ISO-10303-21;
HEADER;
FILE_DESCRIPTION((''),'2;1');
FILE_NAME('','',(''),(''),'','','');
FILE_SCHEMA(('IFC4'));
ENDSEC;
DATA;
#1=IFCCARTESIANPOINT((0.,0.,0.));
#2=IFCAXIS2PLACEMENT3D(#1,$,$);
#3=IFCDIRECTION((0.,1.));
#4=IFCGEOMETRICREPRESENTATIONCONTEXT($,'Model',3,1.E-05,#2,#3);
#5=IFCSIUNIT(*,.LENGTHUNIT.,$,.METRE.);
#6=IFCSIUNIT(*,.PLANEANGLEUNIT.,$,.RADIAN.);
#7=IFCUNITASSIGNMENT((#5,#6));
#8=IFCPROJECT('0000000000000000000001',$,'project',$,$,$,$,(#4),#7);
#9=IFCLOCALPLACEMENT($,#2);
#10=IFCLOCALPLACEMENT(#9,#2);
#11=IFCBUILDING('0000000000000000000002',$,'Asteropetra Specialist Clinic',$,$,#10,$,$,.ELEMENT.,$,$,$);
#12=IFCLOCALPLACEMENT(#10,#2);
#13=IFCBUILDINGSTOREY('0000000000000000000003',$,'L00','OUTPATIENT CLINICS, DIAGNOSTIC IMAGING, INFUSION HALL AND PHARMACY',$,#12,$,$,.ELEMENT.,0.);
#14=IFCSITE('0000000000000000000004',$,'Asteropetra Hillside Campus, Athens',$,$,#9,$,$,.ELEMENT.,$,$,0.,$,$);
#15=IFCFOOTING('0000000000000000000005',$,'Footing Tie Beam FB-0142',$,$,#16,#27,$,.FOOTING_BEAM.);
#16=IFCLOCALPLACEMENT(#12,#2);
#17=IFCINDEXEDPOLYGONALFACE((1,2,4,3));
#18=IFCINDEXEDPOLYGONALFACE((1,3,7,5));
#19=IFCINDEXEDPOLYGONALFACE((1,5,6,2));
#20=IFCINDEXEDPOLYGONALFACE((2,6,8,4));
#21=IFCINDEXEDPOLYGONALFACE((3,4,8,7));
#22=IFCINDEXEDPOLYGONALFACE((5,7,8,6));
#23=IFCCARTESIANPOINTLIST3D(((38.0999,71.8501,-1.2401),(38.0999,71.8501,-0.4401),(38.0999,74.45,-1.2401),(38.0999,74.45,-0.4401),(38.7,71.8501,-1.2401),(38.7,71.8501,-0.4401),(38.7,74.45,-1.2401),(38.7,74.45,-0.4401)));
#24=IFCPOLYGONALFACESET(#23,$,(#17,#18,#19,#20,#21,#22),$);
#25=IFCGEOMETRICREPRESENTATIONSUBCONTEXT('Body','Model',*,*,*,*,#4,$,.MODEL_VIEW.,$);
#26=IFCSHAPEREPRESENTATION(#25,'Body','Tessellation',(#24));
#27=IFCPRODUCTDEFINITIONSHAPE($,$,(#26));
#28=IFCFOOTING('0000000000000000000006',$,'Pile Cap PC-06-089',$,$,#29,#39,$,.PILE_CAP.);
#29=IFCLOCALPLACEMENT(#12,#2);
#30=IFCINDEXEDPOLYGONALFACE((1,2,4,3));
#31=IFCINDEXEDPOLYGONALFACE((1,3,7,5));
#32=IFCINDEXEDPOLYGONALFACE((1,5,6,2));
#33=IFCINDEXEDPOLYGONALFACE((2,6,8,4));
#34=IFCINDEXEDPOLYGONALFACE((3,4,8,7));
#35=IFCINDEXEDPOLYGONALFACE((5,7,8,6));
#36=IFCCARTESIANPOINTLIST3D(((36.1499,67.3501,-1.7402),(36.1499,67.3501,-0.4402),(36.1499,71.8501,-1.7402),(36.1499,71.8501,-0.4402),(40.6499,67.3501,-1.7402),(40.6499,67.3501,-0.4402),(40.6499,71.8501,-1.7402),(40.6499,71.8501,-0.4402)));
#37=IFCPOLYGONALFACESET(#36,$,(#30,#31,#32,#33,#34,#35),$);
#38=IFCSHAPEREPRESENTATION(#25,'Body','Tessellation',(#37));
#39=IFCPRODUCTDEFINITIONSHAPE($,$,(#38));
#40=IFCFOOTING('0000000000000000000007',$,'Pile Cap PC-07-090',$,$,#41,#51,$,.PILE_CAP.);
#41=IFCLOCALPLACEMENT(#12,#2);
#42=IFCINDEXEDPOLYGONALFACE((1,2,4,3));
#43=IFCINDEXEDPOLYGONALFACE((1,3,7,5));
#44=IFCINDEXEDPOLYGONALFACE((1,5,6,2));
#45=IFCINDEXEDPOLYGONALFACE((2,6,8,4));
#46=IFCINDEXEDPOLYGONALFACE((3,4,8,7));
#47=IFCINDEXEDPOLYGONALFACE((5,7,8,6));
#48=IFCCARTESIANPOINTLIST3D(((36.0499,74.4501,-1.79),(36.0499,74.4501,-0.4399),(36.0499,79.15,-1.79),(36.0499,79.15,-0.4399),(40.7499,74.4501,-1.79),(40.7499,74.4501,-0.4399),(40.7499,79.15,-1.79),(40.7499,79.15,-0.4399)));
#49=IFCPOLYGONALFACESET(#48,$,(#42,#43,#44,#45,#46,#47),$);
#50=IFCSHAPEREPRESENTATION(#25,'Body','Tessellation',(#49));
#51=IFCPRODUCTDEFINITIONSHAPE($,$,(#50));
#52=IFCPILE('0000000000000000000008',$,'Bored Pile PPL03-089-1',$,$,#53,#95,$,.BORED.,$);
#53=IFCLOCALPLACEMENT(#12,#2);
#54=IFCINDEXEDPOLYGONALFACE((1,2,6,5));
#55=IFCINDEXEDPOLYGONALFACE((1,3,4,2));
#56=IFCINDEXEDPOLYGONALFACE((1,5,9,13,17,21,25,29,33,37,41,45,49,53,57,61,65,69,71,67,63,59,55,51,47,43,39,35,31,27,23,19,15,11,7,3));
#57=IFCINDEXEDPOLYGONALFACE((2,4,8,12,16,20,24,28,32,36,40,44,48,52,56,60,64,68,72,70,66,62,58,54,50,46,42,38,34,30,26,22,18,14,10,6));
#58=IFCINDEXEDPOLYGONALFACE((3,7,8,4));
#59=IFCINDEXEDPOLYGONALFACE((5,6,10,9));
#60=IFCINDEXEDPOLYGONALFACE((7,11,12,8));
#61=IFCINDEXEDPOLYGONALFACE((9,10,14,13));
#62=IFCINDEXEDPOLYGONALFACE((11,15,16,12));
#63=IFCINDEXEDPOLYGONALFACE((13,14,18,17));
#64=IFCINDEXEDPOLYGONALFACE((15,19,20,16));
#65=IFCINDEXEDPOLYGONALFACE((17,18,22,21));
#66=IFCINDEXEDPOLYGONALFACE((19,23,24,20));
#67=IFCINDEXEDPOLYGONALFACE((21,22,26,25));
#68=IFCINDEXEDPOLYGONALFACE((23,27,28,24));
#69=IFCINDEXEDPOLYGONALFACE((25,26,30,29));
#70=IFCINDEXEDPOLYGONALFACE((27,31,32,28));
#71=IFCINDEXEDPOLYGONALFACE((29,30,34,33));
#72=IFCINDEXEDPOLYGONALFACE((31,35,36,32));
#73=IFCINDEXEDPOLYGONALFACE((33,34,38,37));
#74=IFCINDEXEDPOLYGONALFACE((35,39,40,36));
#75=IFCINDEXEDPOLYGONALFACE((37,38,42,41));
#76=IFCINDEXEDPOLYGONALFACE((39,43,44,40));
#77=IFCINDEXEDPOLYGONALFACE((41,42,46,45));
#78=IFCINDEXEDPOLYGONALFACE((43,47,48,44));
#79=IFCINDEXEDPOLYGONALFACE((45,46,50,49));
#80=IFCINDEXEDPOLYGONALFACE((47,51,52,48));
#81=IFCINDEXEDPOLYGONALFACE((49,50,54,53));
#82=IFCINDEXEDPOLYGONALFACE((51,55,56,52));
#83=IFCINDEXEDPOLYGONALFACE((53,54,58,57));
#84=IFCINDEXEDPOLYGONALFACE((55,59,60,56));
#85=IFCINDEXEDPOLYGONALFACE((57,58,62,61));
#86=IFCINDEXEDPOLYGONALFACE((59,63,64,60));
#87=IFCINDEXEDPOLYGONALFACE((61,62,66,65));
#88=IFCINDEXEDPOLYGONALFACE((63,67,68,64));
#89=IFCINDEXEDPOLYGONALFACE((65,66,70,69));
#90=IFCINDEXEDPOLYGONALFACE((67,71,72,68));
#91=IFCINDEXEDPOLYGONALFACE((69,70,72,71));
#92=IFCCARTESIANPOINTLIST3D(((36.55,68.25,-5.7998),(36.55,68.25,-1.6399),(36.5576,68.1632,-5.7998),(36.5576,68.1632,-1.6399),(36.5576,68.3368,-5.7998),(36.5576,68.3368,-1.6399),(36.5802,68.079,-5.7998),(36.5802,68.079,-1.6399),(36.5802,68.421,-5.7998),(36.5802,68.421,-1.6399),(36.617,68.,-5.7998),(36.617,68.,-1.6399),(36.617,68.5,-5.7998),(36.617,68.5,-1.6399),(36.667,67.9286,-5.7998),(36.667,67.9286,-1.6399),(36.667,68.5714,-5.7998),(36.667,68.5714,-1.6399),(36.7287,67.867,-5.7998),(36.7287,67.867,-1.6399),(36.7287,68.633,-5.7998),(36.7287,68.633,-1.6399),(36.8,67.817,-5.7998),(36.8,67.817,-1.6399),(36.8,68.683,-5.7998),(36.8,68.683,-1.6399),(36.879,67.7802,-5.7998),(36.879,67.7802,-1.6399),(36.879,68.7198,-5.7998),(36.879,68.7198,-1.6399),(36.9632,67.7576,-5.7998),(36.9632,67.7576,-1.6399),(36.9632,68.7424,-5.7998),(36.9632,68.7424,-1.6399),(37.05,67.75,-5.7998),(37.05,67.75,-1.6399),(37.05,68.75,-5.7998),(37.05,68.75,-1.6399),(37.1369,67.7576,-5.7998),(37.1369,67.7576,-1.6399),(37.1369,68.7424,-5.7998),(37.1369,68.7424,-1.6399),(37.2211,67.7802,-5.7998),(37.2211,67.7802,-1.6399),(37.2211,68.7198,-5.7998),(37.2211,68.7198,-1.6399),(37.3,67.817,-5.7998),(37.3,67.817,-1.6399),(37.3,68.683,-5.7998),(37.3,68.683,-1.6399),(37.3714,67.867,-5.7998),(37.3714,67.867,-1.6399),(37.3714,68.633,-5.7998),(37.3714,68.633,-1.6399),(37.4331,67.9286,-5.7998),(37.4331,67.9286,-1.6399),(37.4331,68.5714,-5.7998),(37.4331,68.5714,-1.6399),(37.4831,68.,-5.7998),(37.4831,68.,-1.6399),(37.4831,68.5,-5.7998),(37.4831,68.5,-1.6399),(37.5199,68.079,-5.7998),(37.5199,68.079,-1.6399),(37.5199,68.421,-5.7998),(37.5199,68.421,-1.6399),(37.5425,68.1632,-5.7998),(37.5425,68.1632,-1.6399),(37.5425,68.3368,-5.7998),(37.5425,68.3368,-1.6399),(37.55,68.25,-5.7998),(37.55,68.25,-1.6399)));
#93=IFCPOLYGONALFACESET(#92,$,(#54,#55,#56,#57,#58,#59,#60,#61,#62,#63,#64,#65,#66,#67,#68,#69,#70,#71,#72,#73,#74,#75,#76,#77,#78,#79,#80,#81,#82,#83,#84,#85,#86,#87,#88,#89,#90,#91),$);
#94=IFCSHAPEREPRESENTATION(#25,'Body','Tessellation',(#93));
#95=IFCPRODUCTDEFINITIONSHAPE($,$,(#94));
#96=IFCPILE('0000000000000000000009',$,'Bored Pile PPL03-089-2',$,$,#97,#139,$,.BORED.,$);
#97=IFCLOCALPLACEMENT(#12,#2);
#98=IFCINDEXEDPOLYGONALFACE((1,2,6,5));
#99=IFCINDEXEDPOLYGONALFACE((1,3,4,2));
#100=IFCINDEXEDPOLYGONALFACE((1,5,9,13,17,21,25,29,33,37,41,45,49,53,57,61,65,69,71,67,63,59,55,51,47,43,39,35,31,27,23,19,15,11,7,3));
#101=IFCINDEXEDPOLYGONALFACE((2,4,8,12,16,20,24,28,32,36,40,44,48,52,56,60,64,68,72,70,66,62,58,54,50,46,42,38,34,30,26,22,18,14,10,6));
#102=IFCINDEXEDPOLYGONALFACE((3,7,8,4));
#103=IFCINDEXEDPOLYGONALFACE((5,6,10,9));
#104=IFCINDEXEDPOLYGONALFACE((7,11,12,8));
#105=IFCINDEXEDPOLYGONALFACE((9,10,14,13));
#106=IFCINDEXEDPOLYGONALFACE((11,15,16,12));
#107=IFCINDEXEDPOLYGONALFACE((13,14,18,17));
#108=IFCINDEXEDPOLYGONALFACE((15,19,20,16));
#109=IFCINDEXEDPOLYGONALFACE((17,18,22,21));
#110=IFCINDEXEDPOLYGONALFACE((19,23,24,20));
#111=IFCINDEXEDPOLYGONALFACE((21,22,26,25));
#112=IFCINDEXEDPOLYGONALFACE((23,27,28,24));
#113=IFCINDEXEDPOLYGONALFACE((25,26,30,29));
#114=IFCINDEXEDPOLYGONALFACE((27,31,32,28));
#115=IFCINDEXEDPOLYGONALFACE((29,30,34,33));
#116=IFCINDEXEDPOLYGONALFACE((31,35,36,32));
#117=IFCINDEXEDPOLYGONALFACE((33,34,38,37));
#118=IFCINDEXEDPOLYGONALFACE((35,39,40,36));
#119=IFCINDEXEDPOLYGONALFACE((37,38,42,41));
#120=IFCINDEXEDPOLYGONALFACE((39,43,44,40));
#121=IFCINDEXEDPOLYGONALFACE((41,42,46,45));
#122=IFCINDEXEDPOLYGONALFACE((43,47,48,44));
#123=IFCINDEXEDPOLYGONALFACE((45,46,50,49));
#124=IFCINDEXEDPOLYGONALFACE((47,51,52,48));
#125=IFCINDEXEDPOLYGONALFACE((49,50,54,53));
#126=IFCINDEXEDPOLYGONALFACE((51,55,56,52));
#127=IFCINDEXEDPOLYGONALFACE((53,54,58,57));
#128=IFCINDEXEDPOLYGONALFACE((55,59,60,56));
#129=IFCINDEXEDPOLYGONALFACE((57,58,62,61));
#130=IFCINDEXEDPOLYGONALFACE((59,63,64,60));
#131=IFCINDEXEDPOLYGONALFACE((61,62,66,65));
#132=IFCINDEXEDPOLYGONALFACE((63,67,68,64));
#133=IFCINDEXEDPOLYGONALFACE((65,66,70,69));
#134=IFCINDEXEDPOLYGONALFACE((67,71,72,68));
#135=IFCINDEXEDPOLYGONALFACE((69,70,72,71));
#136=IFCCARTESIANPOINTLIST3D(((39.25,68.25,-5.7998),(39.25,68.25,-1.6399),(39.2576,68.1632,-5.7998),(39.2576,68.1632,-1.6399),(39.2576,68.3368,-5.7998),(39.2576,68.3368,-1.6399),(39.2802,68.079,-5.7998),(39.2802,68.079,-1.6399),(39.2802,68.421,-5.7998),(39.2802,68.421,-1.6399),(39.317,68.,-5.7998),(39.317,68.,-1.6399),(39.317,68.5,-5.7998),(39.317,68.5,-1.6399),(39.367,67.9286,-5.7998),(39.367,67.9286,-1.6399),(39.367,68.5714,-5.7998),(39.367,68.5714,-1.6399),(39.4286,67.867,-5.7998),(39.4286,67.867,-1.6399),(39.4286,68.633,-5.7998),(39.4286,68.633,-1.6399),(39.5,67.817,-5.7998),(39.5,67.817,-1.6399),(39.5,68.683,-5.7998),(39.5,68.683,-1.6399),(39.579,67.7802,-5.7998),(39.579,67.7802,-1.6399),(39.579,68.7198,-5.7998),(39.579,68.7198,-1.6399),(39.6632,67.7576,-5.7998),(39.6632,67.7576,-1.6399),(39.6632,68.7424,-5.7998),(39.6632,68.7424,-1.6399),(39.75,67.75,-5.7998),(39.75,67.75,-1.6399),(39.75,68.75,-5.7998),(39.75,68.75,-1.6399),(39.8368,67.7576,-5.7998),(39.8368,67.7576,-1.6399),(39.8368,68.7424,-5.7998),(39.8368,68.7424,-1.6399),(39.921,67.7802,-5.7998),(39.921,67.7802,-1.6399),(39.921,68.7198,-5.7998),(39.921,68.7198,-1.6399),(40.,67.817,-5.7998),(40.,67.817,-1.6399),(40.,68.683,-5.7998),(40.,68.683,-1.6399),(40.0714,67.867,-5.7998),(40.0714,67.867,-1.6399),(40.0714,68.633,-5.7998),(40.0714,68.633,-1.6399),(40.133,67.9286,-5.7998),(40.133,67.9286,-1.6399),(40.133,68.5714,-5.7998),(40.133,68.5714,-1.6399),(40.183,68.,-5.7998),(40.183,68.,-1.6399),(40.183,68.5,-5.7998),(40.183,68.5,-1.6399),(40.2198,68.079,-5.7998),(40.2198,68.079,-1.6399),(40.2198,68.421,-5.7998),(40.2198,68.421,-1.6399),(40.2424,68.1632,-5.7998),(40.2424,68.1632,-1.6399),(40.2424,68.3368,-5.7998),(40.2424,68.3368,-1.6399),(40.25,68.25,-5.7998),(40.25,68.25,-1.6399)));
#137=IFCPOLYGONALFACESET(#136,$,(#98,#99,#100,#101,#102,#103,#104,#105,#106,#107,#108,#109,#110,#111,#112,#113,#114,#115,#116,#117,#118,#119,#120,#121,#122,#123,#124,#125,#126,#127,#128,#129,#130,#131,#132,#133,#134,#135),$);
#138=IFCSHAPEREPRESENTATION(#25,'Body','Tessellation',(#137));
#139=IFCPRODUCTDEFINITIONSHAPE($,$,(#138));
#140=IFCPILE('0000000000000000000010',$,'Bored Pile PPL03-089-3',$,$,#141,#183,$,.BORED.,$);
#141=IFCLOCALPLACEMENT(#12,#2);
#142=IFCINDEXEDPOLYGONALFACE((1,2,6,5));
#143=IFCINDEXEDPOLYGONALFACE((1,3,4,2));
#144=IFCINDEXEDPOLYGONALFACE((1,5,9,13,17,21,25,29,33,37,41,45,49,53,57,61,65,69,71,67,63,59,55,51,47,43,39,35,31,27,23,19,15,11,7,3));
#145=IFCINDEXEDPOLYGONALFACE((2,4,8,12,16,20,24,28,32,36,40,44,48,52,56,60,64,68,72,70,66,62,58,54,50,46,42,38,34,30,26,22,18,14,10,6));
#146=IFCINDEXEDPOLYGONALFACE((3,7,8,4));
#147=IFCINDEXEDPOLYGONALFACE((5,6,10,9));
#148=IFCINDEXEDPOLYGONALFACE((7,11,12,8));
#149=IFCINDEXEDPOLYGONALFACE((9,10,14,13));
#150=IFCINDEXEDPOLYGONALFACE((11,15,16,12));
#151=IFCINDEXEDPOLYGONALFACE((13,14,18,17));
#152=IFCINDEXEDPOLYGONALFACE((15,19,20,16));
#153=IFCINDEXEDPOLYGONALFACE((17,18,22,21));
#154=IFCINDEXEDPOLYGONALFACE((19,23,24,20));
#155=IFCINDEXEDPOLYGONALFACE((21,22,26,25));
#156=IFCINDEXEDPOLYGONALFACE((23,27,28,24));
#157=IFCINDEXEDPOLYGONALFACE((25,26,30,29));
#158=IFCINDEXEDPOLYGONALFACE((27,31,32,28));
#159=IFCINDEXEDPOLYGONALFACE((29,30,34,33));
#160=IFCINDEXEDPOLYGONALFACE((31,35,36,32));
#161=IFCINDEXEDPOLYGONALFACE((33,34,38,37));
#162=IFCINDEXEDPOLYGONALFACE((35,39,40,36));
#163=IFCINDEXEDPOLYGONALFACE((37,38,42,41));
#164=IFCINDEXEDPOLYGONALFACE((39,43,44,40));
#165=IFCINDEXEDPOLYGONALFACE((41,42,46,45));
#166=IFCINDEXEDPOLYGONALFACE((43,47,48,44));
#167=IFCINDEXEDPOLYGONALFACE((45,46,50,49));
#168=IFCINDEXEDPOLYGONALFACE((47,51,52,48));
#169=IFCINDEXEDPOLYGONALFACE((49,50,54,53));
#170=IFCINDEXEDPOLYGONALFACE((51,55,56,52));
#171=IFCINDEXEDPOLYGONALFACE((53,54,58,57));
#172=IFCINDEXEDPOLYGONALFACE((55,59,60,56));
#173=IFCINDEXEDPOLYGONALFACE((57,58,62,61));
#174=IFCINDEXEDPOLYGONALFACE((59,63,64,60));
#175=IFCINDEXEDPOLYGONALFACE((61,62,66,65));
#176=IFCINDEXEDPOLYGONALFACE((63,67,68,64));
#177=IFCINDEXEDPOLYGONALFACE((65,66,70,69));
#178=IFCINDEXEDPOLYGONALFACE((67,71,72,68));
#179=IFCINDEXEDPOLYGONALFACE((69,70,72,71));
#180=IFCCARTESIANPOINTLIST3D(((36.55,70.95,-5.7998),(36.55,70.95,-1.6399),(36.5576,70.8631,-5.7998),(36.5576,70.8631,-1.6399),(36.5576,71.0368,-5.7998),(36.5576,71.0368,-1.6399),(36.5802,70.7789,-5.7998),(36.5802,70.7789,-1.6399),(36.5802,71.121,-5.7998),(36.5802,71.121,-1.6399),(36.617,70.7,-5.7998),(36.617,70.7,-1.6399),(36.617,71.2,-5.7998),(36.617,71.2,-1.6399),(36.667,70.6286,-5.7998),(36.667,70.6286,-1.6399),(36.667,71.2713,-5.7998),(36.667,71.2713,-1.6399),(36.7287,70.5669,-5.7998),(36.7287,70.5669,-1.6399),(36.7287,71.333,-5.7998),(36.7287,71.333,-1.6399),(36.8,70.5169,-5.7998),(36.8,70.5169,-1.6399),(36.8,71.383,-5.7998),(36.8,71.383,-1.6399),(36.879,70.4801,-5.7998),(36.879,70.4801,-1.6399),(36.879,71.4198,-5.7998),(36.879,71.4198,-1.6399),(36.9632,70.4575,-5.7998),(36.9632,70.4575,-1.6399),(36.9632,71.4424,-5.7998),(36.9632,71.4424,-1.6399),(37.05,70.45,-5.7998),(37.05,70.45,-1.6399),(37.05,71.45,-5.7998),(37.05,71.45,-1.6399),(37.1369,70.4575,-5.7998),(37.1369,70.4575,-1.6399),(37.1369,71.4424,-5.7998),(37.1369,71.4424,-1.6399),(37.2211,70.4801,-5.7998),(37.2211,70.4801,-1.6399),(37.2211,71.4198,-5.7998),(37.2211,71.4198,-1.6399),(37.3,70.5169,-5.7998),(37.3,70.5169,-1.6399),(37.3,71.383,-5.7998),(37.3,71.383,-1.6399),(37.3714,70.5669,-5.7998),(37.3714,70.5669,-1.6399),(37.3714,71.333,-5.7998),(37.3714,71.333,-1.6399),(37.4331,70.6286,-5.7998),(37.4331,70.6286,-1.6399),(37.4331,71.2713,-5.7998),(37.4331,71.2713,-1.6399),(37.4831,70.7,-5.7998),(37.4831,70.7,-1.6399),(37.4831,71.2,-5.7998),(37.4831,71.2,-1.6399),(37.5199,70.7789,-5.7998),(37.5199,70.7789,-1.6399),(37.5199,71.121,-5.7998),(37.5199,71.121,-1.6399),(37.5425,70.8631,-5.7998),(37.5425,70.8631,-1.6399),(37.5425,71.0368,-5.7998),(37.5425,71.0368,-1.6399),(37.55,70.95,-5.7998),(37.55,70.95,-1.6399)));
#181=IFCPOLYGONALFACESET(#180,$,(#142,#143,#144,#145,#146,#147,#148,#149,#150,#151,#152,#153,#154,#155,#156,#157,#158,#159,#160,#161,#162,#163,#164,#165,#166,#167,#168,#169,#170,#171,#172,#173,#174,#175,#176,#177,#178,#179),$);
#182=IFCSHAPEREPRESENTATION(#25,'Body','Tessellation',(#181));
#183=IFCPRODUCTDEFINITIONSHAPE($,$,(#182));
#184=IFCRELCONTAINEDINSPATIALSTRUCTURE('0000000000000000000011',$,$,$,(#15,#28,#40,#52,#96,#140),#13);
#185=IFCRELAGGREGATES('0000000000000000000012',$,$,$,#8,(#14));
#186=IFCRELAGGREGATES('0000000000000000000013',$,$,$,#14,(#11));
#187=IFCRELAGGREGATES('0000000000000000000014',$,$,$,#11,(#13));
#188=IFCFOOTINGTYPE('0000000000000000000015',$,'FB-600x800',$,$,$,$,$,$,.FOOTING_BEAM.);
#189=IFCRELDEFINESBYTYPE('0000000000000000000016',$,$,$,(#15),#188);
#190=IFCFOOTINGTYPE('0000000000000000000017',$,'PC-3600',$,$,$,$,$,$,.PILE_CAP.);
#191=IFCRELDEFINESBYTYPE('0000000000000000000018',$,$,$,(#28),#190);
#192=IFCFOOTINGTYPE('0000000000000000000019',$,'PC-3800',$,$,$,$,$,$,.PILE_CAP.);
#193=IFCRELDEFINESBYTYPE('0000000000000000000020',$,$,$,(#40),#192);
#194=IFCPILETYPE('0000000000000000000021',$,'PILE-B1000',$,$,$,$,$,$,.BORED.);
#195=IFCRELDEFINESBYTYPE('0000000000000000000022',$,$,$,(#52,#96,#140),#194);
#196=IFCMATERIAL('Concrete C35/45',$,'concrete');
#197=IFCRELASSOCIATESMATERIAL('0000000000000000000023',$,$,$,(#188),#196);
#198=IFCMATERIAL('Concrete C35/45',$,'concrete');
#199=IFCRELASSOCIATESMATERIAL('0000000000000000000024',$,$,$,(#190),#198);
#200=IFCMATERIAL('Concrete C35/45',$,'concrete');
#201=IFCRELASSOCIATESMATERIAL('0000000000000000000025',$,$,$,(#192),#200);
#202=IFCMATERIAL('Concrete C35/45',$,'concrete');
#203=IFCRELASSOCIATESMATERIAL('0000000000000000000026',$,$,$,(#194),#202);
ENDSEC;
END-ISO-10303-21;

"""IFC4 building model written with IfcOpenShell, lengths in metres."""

from ifc_helpers import new_model, si_unit, direction, frame, origin, origin_2d, place, context, subcontext, project, spatial, rectangle, circle, extrude, material, material_profile, profile_set, type_object, element, save


model = new_model("IFC4")

# Units and contexts
model_context = context("Model", 3, precision=1e-05, world=origin(), true_north=direction((0.0, 1.0)))
body_context = subcontext(model_context, "Body", "Model", "MODEL_VIEW")
ifc_project = project(units=[si_unit("LENGTHUNIT", "METRE"), si_unit("PLANEANGLEUNIT", "RADIAN")], contexts=[model_context])

# Site, building, storey
site_placement = place(None, origin())
site = spatial("IfcSite", under=ifc_project, at=site_placement, Name="Asteropetra Hillside Campus, Athens", CompositionType="ELEMENT", RefElevation=0.0)
building_placement = place(site_placement, origin())
building = spatial("IfcBuilding", under=site, at=building_placement, Name="Asteropetra Specialist Clinic", CompositionType="ELEMENT")
storey_placement = place(building_placement, origin())
storey = spatial("IfcBuildingStorey", under=building, at=storey_placement, Name="L00", Description="OUTPATIENT CLINICS, DIAGNOSTIC IMAGING, INFUSION HALL AND PHARMACY", CompositionType="ELEMENT", Elevation=0.0)

# Footings
ifc_material_1 = material(Name="Concrete C35/45", Category="concrete")
ifc_material_profile_1 = material_profile(ifc_material_1, rectangle(XDim=0.6001, YDim=0.8, at=origin_2d()), Name="FB 600x800")
ifc_profile_set_1 = profile_set([ifc_material_profile_1], Name="Concrete C35/45")
footing_type_1 = type_object("IfcFootingType", Name="FB-600x800", PredefinedType="FOOTING_BEAM", material=ifc_profile_set_1)
footing_1_placement = place(storey_placement, frame((38.3999, 71.8501, -0.8401), z_axis=(0.0, 1.0, 0.0), x_axis=(-1.0, 0.0, 0.0)))
element("IfcFooting", 1, at=footing_1_placement, inside=storey, type_object=footing_type_1, Name="Footing Tie Beam FB-0142", PredefinedType="FOOTING_BEAM", context=body_context, shape_type="SweptSolid", body=[
    extrude(rectangle(XDim=0.6001, YDim=0.8, at=origin_2d()), origin(), (0.0, 0.0, 1.0), 2.5999),
])
ifc_material_2 = material(Name="Concrete C35/45", Category="concrete")
footing_type_2 = type_object("IfcFootingType", Name="PC-3600", PredefinedType="PILE_CAP", material=ifc_material_2)
footing_2_placement = place(storey_placement, frame((38.3999, 69.6001, -1.7402), z_axis=(0.0, 0.0, 1.0), x_axis=(1.0, 0.0, 0.0)))
element("IfcFooting", 2, at=footing_2_placement, inside=storey, type_object=footing_type_2, Name="Pile Cap PC-06-089", PredefinedType="PILE_CAP", context=body_context, shape_type="SweptSolid", body=[
    extrude(rectangle(XDim=4.5, YDim=4.5, at=origin_2d()), origin(), (0.0, 0.0, 1.0), 1.3),
])
ifc_material_3 = material(Name="Concrete C35/45", Category="concrete")
footing_type_3 = type_object("IfcFootingType", Name="PC-3800", PredefinedType="PILE_CAP", material=ifc_material_3)
footing_3_placement = place(storey_placement, frame((38.3999, 76.8, -1.79), z_axis=(0.0, 0.0, 1.0), x_axis=(1.0, 0.0, 0.0)))
element("IfcFooting", 3, at=footing_3_placement, inside=storey, type_object=footing_type_3, Name="Pile Cap PC-07-090", PredefinedType="PILE_CAP", context=body_context, shape_type="SweptSolid", body=[
    extrude(rectangle(XDim=4.7, YDim=4.7, at=origin_2d()), origin(), (0.0, 0.0, 1.0), 1.3501),
])

# Piles
ifc_material_4 = material(Name="Concrete C35/45", Category="concrete")
ifc_material_profile_2 = material_profile(ifc_material_4, circle(Radius=0.5, at=origin_2d()), Name="PILE D1000")
ifc_profile_set_2 = profile_set([ifc_material_profile_2], Name="Concrete C35/45")
pile_type = type_object("IfcPileType", Name="PILE-B1000", PredefinedType="BORED", material=ifc_profile_set_2)
for number, where, z_axis, x_axis, name in (
    (4, (37.05, 68.25, -1.6399), (0.0, 0.0, -1.0), (1.0, 0.0, 0.0), "Bored Pile PPL03-089-1"),
    (5, (39.75, 68.25, -1.6399), (0.0, 0.0, -1.0), (1.0, 0.0, 0.0), "Bored Pile PPL03-089-2"),
    (6, (37.05, 70.95, -1.6399), (0.0, 0.0, -1.0), (1.0, 0.0, 0.0), "Bored Pile PPL03-089-3"),
):
    element("IfcPile", number, at=place(storey_placement, frame(where, z_axis=z_axis, x_axis=x_axis)), inside=storey, type_object=pile_type, Name=name, PredefinedType="BORED", context=body_context, shape_type="SweptSolid", body=[
        extrude(circle(Radius=0.5, at=origin_2d()), origin(), (0.0, 0.0, 1.0), 4.1599),
    ])

save(model, "model.ifc")
